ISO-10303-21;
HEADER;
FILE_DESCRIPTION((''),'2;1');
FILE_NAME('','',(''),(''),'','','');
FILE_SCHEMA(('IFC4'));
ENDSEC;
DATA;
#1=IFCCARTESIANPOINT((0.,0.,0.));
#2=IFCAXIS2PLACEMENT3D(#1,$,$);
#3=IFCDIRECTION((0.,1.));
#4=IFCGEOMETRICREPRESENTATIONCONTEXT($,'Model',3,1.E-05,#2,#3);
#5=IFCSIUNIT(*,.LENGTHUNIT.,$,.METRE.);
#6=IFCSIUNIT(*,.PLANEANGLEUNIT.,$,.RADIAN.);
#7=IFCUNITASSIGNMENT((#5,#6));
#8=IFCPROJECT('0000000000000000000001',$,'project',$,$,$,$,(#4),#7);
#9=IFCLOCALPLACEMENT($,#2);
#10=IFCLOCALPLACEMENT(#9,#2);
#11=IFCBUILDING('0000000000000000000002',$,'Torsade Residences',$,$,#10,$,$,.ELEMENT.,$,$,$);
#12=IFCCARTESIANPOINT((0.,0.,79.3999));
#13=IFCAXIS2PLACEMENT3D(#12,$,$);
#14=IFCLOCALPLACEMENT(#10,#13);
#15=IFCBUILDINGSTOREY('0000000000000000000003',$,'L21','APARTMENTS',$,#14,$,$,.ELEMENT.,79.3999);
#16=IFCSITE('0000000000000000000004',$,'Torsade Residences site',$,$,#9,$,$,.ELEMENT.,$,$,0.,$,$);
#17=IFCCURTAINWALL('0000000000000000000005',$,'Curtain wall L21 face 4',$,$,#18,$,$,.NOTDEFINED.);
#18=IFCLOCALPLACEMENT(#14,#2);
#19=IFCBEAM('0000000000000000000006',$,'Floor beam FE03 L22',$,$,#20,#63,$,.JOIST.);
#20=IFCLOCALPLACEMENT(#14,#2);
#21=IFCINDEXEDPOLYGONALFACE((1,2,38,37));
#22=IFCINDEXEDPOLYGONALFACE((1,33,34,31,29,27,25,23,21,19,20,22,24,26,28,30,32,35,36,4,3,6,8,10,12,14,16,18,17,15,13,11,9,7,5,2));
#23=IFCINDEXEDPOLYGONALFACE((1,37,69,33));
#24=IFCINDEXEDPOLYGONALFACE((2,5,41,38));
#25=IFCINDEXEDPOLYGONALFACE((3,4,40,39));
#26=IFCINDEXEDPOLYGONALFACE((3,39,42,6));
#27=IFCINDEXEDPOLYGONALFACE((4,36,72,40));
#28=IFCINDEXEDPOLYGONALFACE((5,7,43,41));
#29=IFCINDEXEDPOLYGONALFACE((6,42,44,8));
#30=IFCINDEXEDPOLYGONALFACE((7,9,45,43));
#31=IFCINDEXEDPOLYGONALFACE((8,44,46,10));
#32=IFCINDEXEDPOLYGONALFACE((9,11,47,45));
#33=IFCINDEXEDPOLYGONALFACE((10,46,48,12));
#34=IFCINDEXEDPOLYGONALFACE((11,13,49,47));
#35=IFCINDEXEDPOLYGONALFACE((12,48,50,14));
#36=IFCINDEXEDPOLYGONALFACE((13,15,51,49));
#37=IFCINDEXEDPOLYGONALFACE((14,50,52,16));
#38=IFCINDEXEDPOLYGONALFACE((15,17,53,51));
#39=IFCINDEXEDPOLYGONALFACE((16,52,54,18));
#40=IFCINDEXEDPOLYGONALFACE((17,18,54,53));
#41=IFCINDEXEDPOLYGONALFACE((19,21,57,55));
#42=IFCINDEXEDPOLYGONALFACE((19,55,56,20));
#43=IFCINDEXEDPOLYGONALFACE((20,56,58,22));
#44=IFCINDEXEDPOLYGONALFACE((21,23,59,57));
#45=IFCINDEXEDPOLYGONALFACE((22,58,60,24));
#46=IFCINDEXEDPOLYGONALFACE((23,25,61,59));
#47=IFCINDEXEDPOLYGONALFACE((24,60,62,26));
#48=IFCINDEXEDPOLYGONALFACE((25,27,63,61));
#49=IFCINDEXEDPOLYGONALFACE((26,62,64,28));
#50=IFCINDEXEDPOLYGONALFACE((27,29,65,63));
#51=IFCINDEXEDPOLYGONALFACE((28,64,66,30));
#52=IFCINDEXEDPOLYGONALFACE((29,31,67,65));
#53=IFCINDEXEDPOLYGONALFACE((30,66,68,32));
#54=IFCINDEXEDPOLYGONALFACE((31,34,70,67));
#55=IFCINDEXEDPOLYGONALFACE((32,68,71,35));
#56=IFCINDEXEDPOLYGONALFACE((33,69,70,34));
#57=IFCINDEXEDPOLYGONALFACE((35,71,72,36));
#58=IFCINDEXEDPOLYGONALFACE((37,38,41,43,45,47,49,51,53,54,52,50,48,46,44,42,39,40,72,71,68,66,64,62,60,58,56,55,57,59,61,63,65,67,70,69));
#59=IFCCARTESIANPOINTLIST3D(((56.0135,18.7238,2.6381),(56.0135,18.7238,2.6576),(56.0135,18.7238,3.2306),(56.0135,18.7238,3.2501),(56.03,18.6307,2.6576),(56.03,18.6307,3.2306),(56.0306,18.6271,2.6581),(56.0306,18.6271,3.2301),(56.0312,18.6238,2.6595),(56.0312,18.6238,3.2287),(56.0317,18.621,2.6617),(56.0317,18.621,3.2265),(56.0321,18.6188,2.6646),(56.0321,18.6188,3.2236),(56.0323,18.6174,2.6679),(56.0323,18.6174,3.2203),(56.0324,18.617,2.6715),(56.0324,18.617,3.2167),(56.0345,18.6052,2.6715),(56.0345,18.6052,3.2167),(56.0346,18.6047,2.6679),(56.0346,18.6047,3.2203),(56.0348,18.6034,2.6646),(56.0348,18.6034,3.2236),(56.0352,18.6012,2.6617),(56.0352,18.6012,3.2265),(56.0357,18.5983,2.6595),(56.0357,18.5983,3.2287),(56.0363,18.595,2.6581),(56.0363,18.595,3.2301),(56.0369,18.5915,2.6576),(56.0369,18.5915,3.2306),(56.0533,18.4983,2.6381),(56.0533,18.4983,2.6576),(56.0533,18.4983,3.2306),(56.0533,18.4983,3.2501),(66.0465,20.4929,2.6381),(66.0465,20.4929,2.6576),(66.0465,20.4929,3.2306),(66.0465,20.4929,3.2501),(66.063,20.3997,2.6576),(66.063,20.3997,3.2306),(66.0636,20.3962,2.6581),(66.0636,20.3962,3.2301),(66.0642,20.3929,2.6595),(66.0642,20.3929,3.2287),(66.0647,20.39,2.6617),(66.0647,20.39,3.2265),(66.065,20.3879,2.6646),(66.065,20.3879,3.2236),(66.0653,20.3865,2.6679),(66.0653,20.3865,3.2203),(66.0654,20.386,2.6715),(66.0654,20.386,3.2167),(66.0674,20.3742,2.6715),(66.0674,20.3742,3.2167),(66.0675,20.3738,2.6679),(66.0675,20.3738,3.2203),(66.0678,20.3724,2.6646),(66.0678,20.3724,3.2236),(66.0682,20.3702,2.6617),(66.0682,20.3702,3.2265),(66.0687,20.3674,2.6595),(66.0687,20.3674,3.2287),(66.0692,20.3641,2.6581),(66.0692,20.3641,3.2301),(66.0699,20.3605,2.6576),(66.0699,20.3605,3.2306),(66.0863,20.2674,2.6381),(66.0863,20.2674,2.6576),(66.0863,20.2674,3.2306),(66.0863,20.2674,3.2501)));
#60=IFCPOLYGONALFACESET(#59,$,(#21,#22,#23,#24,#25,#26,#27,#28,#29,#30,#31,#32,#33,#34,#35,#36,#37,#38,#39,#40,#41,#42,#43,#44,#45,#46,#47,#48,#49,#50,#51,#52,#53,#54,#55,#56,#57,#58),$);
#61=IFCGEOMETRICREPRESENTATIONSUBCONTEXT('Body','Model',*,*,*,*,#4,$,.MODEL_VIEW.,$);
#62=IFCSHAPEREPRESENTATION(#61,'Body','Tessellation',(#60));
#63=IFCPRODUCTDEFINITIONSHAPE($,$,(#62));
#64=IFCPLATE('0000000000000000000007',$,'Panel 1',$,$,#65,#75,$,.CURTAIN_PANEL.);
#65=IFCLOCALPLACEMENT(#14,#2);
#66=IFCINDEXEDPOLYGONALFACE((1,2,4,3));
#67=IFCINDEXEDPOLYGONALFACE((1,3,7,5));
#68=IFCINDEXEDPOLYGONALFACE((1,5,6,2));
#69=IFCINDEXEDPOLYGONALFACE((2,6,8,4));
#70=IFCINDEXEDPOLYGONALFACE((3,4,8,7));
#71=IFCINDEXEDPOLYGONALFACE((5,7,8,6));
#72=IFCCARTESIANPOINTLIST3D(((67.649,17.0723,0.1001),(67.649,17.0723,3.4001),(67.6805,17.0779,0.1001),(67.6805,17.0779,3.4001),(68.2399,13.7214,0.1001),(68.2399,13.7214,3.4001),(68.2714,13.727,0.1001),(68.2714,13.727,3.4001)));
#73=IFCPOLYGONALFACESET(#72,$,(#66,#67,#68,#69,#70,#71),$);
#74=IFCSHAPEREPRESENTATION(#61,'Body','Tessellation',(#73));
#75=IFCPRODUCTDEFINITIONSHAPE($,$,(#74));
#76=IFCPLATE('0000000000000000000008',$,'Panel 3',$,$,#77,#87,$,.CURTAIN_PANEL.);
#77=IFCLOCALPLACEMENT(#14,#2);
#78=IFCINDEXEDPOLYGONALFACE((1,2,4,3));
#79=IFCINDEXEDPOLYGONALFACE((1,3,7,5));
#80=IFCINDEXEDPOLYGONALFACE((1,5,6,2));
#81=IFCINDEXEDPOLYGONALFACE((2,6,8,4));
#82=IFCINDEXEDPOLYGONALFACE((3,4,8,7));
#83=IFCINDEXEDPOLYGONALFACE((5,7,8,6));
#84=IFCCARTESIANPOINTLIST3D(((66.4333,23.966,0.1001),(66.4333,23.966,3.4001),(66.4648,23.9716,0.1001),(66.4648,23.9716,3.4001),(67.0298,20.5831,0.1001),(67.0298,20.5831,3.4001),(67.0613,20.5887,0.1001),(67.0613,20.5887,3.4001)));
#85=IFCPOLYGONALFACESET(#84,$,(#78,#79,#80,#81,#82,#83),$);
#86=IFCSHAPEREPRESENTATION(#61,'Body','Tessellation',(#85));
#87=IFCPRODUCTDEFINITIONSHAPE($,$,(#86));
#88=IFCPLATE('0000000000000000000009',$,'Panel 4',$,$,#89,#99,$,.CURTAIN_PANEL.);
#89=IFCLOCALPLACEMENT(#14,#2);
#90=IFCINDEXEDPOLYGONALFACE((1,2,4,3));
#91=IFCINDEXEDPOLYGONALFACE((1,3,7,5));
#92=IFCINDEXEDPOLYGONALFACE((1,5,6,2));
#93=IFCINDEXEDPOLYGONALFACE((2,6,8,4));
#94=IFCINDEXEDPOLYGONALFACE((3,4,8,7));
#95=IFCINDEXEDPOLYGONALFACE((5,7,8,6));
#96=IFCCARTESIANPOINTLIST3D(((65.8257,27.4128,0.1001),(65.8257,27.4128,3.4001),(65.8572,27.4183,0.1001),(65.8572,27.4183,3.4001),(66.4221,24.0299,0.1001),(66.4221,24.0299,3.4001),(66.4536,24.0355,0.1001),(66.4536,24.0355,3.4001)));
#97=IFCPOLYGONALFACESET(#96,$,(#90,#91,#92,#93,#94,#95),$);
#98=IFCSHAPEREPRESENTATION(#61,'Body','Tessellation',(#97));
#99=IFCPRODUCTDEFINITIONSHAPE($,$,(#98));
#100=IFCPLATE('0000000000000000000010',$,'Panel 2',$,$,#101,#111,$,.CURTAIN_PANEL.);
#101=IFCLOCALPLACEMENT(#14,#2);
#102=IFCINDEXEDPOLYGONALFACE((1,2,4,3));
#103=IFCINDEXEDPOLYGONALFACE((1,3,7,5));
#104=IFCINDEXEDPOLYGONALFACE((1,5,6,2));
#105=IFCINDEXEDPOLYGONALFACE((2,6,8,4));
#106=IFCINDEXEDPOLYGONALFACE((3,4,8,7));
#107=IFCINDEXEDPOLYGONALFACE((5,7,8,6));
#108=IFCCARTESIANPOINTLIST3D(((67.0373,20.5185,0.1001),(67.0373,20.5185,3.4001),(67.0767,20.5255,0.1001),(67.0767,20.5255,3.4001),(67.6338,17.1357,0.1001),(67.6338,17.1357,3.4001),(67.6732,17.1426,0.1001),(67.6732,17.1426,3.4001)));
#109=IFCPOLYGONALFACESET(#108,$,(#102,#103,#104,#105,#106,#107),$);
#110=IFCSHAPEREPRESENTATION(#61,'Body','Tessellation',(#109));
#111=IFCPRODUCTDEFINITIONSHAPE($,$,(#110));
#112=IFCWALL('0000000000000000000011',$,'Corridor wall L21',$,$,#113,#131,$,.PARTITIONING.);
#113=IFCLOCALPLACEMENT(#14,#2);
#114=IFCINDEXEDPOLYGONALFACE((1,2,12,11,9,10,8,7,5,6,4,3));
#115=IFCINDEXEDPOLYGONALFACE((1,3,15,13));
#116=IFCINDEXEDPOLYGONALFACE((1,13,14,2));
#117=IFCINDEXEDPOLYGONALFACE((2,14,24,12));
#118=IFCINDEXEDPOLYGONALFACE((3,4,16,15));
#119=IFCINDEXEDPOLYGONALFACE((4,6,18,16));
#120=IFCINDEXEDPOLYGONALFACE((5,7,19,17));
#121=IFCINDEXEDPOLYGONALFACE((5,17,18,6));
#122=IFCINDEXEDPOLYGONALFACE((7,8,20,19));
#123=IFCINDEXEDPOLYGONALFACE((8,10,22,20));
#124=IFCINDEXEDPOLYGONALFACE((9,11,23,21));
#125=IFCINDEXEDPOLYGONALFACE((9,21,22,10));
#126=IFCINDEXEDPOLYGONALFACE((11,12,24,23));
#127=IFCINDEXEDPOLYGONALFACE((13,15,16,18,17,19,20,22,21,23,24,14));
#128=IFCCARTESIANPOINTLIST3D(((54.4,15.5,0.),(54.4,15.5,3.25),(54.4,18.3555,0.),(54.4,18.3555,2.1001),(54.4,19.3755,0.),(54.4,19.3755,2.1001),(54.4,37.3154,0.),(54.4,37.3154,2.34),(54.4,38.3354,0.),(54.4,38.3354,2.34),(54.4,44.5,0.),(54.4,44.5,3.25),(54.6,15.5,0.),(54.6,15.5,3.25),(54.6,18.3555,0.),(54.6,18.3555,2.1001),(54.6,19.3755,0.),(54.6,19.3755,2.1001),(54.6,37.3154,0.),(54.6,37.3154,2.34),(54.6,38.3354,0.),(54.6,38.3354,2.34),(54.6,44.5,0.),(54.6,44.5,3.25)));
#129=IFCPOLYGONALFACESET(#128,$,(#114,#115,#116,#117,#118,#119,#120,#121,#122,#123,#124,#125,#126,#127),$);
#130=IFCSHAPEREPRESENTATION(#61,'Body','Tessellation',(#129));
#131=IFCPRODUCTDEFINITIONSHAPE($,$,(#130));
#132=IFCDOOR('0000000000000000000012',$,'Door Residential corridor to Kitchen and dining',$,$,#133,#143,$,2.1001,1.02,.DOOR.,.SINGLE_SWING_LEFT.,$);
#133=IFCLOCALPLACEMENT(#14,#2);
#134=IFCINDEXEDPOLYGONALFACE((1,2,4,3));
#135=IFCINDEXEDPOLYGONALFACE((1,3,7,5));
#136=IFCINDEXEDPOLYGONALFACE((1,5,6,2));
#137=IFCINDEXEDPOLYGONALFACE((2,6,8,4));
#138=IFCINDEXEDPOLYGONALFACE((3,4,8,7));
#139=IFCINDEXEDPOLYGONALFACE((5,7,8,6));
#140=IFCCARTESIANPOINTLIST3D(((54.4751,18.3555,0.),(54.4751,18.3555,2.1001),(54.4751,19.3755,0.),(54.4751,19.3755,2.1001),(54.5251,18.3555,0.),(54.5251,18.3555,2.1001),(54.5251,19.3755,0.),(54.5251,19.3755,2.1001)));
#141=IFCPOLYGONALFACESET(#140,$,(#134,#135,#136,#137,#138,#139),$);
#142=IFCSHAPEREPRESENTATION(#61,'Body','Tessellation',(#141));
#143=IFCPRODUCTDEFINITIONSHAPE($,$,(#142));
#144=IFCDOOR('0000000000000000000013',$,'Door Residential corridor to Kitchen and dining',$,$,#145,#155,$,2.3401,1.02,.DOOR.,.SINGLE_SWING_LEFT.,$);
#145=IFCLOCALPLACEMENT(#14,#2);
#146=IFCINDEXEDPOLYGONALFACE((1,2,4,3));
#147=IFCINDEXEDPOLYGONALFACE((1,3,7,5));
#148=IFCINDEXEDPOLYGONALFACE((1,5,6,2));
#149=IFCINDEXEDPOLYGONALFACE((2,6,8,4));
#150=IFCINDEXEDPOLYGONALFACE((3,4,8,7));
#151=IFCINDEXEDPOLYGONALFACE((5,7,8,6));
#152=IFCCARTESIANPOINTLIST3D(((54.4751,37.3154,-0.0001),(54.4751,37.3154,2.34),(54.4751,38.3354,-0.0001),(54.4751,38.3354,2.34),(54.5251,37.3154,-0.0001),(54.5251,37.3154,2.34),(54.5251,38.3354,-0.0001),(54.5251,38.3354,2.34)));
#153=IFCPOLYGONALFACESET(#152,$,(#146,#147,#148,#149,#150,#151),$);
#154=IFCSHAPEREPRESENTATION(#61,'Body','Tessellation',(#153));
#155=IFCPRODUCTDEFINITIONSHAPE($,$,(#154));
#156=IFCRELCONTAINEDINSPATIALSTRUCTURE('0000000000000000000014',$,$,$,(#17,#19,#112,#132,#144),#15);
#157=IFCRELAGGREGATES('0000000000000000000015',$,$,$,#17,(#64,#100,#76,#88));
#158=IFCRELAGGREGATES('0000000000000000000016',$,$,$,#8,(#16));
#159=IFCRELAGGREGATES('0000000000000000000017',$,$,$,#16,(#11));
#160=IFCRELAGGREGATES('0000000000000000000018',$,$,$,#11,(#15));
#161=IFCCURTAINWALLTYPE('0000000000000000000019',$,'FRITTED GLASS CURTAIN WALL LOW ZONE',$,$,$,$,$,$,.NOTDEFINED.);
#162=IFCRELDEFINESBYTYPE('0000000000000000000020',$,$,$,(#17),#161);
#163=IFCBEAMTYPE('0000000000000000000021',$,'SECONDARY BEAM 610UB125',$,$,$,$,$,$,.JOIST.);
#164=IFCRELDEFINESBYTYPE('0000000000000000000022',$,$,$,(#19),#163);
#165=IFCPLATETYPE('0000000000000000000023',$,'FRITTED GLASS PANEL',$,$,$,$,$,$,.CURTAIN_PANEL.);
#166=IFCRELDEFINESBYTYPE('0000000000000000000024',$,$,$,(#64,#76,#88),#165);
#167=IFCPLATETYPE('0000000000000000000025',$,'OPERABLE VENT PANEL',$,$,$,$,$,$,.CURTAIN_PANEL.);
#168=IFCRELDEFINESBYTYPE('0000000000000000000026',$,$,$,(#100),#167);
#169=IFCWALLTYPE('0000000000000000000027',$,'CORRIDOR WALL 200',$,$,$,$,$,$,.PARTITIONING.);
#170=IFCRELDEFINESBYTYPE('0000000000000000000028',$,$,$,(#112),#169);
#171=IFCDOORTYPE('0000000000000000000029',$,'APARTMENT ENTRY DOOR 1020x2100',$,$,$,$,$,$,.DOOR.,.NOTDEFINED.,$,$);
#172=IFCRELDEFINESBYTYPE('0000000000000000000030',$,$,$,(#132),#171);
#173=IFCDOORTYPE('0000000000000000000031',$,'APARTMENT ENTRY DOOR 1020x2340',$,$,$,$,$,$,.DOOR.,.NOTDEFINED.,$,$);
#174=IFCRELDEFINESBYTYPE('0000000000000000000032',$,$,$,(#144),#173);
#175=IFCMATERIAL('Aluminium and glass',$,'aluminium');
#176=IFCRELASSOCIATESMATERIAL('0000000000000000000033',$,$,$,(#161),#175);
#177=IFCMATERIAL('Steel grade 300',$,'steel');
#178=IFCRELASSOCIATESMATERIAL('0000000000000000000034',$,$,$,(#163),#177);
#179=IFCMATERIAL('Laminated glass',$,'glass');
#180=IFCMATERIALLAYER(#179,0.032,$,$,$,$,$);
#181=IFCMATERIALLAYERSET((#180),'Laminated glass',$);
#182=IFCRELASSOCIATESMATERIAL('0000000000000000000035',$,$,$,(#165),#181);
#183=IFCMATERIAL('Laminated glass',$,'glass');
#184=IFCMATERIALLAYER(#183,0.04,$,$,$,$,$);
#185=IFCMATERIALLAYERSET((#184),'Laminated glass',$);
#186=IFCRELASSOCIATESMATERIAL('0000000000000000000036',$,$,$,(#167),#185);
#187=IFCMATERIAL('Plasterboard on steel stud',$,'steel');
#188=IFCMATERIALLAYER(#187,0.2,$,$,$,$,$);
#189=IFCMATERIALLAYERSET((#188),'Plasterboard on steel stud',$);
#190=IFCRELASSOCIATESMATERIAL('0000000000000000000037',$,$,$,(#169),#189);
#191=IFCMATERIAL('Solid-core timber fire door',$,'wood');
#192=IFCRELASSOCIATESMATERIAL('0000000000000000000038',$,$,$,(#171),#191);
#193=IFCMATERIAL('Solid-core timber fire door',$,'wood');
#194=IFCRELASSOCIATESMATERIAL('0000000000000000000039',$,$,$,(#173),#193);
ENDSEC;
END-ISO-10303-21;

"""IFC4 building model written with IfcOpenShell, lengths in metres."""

from ifc_helpers import new_model, si_unit, direction, frame, frame_2d, origin, origin_2d, place, context, subcontext, project, spatial, rectangle, i_section, extrude, material, layer, layer_set, material_profile, profile_set, type_object, element, fill, aggregate, save


model = new_model("IFC4")

# Units and contexts
model_context = context("Model", 3, precision=1e-05, world=origin(), true_north=direction((0.0, 1.0)))
body_context = subcontext(model_context, "Body", "Model", "MODEL_VIEW")
ifc_project = project(units=[si_unit("LENGTHUNIT", "METRE"), si_unit("PLANEANGLEUNIT", "RADIAN")], contexts=[model_context])

# Site, building, storey
site_placement = place(None, origin())
site = spatial("IfcSite", under=ifc_project, at=site_placement, Name="Torsade Residences site", CompositionType="ELEMENT", RefElevation=0.0)
building_placement = place(site_placement, origin())
building = spatial("IfcBuilding", under=site, at=building_placement, Name="Torsade Residences", CompositionType="ELEMENT")
storey_placement = place(building_placement, frame((0.0, 0.0, 79.3999)))
storey = spatial("IfcBuildingStorey", under=building, at=storey_placement, Name="L21", Description="APARTMENTS", CompositionType="ELEMENT", Elevation=79.3999)

# Curtain wall
ifc_material_1 = material(Name="Aluminium and glass", Category="aluminium")
curtain_wall_type = type_object("IfcCurtainWallType", Name="FRITTED GLASS CURTAIN WALL LOW ZONE", PredefinedType="NOTDEFINED", material=ifc_material_1)
curtain_wall_placement = place(storey_placement, origin())
curtain_wall = element("IfcCurtainWall", 1, at=curtain_wall_placement, inside=storey, type_object=curtain_wall_type, Name="Curtain wall L21 face 4", PredefinedType="NOTDEFINED")

# Beam
ifc_material_2 = material(Name="Steel grade 300", Category="steel")
ifc_material_profile_1 = material_profile(ifc_material_2, i_section(OverallWidth=0.229, OverallDepth=0.6121, WebThickness=0.012, FlangeThickness=0.0195, FilletRadius=0.0139, at=origin_2d()), Name="610UB125")
ifc_profile_set_1 = profile_set([ifc_material_profile_1], Name="Steel grade 300")
beam_type_1 = type_object("IfcBeamType", Name="SECONDARY BEAM 610UB125", PredefinedType="JOIST", material=ifc_profile_set_1)
beam_1_placement = place(storey_placement, frame((66.0664, 20.3801, 2.9441), z_axis=(-0.984808, -0.173645, 0.0), x_axis=(0.173645, -0.984808, 0.0)))
element("IfcBeam", 2, at=beam_1_placement, inside=storey, type_object=beam_type_1, Name="Floor beam FE03 L22", PredefinedType="JOIST", context=body_context, shape_type="SweptSolid", body=[
    extrude(i_section(OverallWidth=0.229, OverallDepth=0.6121, WebThickness=0.012, FlangeThickness=0.0195, FilletRadius=0.0139, at=origin_2d()), origin(), (0.0, 0.0, 1.0), 10.1877),
])

# Plates
ifc_material_3 = material(Name="Laminated glass", Category="glass")
ifc_layer_1 = layer(ifc_material_3, 0.032)
ifc_layer_set_1 = layer_set([ifc_layer_1], Name="Laminated glass")
plate_type_1 = type_object("IfcPlateType", Name="FRITTED GLASS PANEL", PredefinedType="CURTAIN_PANEL", material=ifc_layer_set_1)
plate_1_placement = place(storey_placement, frame((67.9602, 15.3997, 0.1001), z_axis=(0.0, 0.0, 1.0), x_axis=(-0.173648, 0.984808, 0.0)))
plate_1 = element("IfcPlate", 3, at=plate_1_placement, type_object=plate_type_1, Name="Panel 1", PredefinedType="CURTAIN_PANEL", context=body_context, shape_type="SweptSolid", body=[
    extrude(rectangle(XDim=3.4026, YDim=0.032, at=origin_2d()), origin(), (0.0, 0.0, 1.0), 3.3),
])
plate_2_placement = place(storey_placement, frame((66.7473, 22.2773, 0.1001), z_axis=(0.0, 0.0, 1.0), x_axis=(-0.173648, 0.984808, 0.0)))
plate_2 = element("IfcPlate", 4, at=plate_2_placement, type_object=plate_type_1, Name="Panel 3", PredefinedType="CURTAIN_PANEL", context=body_context, shape_type="SweptSolid", body=[
    extrude(rectangle(XDim=3.4351, YDim=0.032, at=origin_2d()), origin(), (0.0, 0.0, 1.0), 3.3),
])
plate_3_placement = place(storey_placement, frame((66.1396, 25.7241, 0.1001), z_axis=(0.0, 0.0, 1.0), x_axis=(-0.173648, 0.984808, 0.0)))
plate_3 = element("IfcPlate", 5, at=plate_3_placement, type_object=plate_type_1, Name="Panel 4", PredefinedType="CURTAIN_PANEL", context=body_context, shape_type="SweptSolid", body=[
    extrude(rectangle(XDim=3.4351, YDim=0.032, at=origin_2d()), origin(), (0.0, 0.0, 1.0), 3.3),
])
ifc_material_4 = material(Name="Laminated glass", Category="glass")
ifc_layer_2 = layer(ifc_material_4, 0.04)
ifc_layer_set_2 = layer_set([ifc_layer_2], Name="Laminated glass")
plate_type_2 = type_object("IfcPlateType", Name="OPERABLE VENT PANEL", PredefinedType="CURTAIN_PANEL", material=ifc_layer_set_2)
plate_4_placement = place(storey_placement, frame((67.3552, 18.8306, 0.1001), z_axis=(0.0, 0.0, 1.0), x_axis=(-0.173648, 0.984808, 0.0)))
plate_4 = element("IfcPlate", 6, at=plate_4_placement, type_object=plate_type_2, Name="Panel 2", PredefinedType="CURTAIN_PANEL", context=body_context, shape_type="SweptSolid", body=[
    extrude(rectangle(XDim=3.4351, YDim=0.04, at=origin_2d()), origin(), (0.0, 0.0, 1.0), 3.3),
])
aggregate(curtain_wall, [plate_1, plate_4, plate_2, plate_3])

# Wall, openings, doors
ifc_material_5 = material(Name="Plasterboard on steel stud", Category="steel")
ifc_layer_3 = layer(ifc_material_5, 0.2)
ifc_layer_set_3 = layer_set([ifc_layer_3], Name="Plasterboard on steel stud")
wall_type_1 = type_object("IfcWallType", Name="CORRIDOR WALL 200", PredefinedType="PARTITIONING", material=ifc_layer_set_3)
wall_1_placement = place(storey_placement, frame((54.5, 15.5, 0.0), z_axis=(0.0, 0.0, 1.0), x_axis=(0.0, 1.0, 0.0)))
wall_1 = element("IfcWall", 7, at=wall_1_placement, inside=storey, type_object=wall_type_1, Name="Corridor wall L21", PredefinedType="PARTITIONING", context=body_context, shape_type="SweptSolid", body=[
    extrude(rectangle(XDim=29.0, YDim=0.2, at=frame_2d((14.5, 0.0))), origin(), (0.0, 0.0, 1.0), 3.25),
])
opening_1_placement = place(wall_1_placement, frame((21.8154, 0.0, 0.0)))
opening_1 = element("IfcOpeningElement", 8, at=opening_1_placement, cuts=wall_1, PredefinedType="OPENING", context=body_context, shape_type="SweptSolid", body=[
    extrude(rectangle(XDim=1.02, YDim=2.3401, at=frame_2d((0.51, 1.1699))), frame((0.0, 0.1099, 0.0), z_axis=(0.0, -1.0, 0.0), x_axis=(1.0, 0.0, 0.0)), (0.0, 0.0, 1.0), 0.22),
])
opening_2_placement = place(wall_1_placement, frame((2.8555, 0.0, 0.0)))
opening_2 = element("IfcOpeningElement", 9, at=opening_2_placement, cuts=wall_1, PredefinedType="OPENING", context=body_context, shape_type="SweptSolid", body=[
    extrude(rectangle(XDim=1.02, YDim=2.1001, at=frame_2d((0.51, 1.05))), frame((0.0, 0.1099, 0.0), z_axis=(0.0, -1.0, 0.0), x_axis=(1.0, 0.0, 0.0)), (0.0, 0.0, 1.0), 0.22),
])
ifc_material_6 = material(Name="Solid-core timber fire door", Category="wood")
door_type_1 = type_object("IfcDoorType", Name="APARTMENT ENTRY DOOR 1020x2100", OperationType="NOTDEFINED", PredefinedType="DOOR", material=ifc_material_6)
door_1_placement = place(opening_2_placement, origin())
door_1 = element("IfcDoor", 10, at=door_1_placement, inside=storey, type_object=door_type_1, Name="Door Residential corridor to Kitchen and dining", OperationType="SINGLE_SWING_LEFT", OverallHeight=2.1001, OverallWidth=1.02, PredefinedType="DOOR", context=body_context, shape_type="SweptSolid", body=[
    extrude(rectangle(XDim=1.02, YDim=2.1001, at=frame_2d((0.51, 1.05))), frame((0.0, 0.0249, 0.0), z_axis=(0.0, -1.0, 0.0), x_axis=(1.0, 0.0, 0.0)), (0.0, 0.0, 1.0), 0.05),
])
fill(opening_2, door_1)
ifc_material_7 = material(Name="Solid-core timber fire door", Category="wood")
door_type_2 = type_object("IfcDoorType", Name="APARTMENT ENTRY DOOR 1020x2340", OperationType="NOTDEFINED", PredefinedType="DOOR", material=ifc_material_7)
door_2_placement = place(opening_1_placement, origin())
door_2 = element("IfcDoor", 11, at=door_2_placement, inside=storey, type_object=door_type_2, Name="Door Residential corridor to Kitchen and dining", OperationType="SINGLE_SWING_LEFT", OverallHeight=2.3401, OverallWidth=1.02, PredefinedType="DOOR", context=body_context, shape_type="SweptSolid", body=[
    extrude(rectangle(XDim=1.02, YDim=2.3401, at=frame_2d((0.51, 1.1699))), frame((0.0, 0.0249, 0.0), z_axis=(0.0, -1.0, 0.0), x_axis=(1.0, 0.0, 0.0)), (0.0, 0.0, 1.0), 0.05),
])
fill(opening_1, door_2)

save(model, "model.ifc")
